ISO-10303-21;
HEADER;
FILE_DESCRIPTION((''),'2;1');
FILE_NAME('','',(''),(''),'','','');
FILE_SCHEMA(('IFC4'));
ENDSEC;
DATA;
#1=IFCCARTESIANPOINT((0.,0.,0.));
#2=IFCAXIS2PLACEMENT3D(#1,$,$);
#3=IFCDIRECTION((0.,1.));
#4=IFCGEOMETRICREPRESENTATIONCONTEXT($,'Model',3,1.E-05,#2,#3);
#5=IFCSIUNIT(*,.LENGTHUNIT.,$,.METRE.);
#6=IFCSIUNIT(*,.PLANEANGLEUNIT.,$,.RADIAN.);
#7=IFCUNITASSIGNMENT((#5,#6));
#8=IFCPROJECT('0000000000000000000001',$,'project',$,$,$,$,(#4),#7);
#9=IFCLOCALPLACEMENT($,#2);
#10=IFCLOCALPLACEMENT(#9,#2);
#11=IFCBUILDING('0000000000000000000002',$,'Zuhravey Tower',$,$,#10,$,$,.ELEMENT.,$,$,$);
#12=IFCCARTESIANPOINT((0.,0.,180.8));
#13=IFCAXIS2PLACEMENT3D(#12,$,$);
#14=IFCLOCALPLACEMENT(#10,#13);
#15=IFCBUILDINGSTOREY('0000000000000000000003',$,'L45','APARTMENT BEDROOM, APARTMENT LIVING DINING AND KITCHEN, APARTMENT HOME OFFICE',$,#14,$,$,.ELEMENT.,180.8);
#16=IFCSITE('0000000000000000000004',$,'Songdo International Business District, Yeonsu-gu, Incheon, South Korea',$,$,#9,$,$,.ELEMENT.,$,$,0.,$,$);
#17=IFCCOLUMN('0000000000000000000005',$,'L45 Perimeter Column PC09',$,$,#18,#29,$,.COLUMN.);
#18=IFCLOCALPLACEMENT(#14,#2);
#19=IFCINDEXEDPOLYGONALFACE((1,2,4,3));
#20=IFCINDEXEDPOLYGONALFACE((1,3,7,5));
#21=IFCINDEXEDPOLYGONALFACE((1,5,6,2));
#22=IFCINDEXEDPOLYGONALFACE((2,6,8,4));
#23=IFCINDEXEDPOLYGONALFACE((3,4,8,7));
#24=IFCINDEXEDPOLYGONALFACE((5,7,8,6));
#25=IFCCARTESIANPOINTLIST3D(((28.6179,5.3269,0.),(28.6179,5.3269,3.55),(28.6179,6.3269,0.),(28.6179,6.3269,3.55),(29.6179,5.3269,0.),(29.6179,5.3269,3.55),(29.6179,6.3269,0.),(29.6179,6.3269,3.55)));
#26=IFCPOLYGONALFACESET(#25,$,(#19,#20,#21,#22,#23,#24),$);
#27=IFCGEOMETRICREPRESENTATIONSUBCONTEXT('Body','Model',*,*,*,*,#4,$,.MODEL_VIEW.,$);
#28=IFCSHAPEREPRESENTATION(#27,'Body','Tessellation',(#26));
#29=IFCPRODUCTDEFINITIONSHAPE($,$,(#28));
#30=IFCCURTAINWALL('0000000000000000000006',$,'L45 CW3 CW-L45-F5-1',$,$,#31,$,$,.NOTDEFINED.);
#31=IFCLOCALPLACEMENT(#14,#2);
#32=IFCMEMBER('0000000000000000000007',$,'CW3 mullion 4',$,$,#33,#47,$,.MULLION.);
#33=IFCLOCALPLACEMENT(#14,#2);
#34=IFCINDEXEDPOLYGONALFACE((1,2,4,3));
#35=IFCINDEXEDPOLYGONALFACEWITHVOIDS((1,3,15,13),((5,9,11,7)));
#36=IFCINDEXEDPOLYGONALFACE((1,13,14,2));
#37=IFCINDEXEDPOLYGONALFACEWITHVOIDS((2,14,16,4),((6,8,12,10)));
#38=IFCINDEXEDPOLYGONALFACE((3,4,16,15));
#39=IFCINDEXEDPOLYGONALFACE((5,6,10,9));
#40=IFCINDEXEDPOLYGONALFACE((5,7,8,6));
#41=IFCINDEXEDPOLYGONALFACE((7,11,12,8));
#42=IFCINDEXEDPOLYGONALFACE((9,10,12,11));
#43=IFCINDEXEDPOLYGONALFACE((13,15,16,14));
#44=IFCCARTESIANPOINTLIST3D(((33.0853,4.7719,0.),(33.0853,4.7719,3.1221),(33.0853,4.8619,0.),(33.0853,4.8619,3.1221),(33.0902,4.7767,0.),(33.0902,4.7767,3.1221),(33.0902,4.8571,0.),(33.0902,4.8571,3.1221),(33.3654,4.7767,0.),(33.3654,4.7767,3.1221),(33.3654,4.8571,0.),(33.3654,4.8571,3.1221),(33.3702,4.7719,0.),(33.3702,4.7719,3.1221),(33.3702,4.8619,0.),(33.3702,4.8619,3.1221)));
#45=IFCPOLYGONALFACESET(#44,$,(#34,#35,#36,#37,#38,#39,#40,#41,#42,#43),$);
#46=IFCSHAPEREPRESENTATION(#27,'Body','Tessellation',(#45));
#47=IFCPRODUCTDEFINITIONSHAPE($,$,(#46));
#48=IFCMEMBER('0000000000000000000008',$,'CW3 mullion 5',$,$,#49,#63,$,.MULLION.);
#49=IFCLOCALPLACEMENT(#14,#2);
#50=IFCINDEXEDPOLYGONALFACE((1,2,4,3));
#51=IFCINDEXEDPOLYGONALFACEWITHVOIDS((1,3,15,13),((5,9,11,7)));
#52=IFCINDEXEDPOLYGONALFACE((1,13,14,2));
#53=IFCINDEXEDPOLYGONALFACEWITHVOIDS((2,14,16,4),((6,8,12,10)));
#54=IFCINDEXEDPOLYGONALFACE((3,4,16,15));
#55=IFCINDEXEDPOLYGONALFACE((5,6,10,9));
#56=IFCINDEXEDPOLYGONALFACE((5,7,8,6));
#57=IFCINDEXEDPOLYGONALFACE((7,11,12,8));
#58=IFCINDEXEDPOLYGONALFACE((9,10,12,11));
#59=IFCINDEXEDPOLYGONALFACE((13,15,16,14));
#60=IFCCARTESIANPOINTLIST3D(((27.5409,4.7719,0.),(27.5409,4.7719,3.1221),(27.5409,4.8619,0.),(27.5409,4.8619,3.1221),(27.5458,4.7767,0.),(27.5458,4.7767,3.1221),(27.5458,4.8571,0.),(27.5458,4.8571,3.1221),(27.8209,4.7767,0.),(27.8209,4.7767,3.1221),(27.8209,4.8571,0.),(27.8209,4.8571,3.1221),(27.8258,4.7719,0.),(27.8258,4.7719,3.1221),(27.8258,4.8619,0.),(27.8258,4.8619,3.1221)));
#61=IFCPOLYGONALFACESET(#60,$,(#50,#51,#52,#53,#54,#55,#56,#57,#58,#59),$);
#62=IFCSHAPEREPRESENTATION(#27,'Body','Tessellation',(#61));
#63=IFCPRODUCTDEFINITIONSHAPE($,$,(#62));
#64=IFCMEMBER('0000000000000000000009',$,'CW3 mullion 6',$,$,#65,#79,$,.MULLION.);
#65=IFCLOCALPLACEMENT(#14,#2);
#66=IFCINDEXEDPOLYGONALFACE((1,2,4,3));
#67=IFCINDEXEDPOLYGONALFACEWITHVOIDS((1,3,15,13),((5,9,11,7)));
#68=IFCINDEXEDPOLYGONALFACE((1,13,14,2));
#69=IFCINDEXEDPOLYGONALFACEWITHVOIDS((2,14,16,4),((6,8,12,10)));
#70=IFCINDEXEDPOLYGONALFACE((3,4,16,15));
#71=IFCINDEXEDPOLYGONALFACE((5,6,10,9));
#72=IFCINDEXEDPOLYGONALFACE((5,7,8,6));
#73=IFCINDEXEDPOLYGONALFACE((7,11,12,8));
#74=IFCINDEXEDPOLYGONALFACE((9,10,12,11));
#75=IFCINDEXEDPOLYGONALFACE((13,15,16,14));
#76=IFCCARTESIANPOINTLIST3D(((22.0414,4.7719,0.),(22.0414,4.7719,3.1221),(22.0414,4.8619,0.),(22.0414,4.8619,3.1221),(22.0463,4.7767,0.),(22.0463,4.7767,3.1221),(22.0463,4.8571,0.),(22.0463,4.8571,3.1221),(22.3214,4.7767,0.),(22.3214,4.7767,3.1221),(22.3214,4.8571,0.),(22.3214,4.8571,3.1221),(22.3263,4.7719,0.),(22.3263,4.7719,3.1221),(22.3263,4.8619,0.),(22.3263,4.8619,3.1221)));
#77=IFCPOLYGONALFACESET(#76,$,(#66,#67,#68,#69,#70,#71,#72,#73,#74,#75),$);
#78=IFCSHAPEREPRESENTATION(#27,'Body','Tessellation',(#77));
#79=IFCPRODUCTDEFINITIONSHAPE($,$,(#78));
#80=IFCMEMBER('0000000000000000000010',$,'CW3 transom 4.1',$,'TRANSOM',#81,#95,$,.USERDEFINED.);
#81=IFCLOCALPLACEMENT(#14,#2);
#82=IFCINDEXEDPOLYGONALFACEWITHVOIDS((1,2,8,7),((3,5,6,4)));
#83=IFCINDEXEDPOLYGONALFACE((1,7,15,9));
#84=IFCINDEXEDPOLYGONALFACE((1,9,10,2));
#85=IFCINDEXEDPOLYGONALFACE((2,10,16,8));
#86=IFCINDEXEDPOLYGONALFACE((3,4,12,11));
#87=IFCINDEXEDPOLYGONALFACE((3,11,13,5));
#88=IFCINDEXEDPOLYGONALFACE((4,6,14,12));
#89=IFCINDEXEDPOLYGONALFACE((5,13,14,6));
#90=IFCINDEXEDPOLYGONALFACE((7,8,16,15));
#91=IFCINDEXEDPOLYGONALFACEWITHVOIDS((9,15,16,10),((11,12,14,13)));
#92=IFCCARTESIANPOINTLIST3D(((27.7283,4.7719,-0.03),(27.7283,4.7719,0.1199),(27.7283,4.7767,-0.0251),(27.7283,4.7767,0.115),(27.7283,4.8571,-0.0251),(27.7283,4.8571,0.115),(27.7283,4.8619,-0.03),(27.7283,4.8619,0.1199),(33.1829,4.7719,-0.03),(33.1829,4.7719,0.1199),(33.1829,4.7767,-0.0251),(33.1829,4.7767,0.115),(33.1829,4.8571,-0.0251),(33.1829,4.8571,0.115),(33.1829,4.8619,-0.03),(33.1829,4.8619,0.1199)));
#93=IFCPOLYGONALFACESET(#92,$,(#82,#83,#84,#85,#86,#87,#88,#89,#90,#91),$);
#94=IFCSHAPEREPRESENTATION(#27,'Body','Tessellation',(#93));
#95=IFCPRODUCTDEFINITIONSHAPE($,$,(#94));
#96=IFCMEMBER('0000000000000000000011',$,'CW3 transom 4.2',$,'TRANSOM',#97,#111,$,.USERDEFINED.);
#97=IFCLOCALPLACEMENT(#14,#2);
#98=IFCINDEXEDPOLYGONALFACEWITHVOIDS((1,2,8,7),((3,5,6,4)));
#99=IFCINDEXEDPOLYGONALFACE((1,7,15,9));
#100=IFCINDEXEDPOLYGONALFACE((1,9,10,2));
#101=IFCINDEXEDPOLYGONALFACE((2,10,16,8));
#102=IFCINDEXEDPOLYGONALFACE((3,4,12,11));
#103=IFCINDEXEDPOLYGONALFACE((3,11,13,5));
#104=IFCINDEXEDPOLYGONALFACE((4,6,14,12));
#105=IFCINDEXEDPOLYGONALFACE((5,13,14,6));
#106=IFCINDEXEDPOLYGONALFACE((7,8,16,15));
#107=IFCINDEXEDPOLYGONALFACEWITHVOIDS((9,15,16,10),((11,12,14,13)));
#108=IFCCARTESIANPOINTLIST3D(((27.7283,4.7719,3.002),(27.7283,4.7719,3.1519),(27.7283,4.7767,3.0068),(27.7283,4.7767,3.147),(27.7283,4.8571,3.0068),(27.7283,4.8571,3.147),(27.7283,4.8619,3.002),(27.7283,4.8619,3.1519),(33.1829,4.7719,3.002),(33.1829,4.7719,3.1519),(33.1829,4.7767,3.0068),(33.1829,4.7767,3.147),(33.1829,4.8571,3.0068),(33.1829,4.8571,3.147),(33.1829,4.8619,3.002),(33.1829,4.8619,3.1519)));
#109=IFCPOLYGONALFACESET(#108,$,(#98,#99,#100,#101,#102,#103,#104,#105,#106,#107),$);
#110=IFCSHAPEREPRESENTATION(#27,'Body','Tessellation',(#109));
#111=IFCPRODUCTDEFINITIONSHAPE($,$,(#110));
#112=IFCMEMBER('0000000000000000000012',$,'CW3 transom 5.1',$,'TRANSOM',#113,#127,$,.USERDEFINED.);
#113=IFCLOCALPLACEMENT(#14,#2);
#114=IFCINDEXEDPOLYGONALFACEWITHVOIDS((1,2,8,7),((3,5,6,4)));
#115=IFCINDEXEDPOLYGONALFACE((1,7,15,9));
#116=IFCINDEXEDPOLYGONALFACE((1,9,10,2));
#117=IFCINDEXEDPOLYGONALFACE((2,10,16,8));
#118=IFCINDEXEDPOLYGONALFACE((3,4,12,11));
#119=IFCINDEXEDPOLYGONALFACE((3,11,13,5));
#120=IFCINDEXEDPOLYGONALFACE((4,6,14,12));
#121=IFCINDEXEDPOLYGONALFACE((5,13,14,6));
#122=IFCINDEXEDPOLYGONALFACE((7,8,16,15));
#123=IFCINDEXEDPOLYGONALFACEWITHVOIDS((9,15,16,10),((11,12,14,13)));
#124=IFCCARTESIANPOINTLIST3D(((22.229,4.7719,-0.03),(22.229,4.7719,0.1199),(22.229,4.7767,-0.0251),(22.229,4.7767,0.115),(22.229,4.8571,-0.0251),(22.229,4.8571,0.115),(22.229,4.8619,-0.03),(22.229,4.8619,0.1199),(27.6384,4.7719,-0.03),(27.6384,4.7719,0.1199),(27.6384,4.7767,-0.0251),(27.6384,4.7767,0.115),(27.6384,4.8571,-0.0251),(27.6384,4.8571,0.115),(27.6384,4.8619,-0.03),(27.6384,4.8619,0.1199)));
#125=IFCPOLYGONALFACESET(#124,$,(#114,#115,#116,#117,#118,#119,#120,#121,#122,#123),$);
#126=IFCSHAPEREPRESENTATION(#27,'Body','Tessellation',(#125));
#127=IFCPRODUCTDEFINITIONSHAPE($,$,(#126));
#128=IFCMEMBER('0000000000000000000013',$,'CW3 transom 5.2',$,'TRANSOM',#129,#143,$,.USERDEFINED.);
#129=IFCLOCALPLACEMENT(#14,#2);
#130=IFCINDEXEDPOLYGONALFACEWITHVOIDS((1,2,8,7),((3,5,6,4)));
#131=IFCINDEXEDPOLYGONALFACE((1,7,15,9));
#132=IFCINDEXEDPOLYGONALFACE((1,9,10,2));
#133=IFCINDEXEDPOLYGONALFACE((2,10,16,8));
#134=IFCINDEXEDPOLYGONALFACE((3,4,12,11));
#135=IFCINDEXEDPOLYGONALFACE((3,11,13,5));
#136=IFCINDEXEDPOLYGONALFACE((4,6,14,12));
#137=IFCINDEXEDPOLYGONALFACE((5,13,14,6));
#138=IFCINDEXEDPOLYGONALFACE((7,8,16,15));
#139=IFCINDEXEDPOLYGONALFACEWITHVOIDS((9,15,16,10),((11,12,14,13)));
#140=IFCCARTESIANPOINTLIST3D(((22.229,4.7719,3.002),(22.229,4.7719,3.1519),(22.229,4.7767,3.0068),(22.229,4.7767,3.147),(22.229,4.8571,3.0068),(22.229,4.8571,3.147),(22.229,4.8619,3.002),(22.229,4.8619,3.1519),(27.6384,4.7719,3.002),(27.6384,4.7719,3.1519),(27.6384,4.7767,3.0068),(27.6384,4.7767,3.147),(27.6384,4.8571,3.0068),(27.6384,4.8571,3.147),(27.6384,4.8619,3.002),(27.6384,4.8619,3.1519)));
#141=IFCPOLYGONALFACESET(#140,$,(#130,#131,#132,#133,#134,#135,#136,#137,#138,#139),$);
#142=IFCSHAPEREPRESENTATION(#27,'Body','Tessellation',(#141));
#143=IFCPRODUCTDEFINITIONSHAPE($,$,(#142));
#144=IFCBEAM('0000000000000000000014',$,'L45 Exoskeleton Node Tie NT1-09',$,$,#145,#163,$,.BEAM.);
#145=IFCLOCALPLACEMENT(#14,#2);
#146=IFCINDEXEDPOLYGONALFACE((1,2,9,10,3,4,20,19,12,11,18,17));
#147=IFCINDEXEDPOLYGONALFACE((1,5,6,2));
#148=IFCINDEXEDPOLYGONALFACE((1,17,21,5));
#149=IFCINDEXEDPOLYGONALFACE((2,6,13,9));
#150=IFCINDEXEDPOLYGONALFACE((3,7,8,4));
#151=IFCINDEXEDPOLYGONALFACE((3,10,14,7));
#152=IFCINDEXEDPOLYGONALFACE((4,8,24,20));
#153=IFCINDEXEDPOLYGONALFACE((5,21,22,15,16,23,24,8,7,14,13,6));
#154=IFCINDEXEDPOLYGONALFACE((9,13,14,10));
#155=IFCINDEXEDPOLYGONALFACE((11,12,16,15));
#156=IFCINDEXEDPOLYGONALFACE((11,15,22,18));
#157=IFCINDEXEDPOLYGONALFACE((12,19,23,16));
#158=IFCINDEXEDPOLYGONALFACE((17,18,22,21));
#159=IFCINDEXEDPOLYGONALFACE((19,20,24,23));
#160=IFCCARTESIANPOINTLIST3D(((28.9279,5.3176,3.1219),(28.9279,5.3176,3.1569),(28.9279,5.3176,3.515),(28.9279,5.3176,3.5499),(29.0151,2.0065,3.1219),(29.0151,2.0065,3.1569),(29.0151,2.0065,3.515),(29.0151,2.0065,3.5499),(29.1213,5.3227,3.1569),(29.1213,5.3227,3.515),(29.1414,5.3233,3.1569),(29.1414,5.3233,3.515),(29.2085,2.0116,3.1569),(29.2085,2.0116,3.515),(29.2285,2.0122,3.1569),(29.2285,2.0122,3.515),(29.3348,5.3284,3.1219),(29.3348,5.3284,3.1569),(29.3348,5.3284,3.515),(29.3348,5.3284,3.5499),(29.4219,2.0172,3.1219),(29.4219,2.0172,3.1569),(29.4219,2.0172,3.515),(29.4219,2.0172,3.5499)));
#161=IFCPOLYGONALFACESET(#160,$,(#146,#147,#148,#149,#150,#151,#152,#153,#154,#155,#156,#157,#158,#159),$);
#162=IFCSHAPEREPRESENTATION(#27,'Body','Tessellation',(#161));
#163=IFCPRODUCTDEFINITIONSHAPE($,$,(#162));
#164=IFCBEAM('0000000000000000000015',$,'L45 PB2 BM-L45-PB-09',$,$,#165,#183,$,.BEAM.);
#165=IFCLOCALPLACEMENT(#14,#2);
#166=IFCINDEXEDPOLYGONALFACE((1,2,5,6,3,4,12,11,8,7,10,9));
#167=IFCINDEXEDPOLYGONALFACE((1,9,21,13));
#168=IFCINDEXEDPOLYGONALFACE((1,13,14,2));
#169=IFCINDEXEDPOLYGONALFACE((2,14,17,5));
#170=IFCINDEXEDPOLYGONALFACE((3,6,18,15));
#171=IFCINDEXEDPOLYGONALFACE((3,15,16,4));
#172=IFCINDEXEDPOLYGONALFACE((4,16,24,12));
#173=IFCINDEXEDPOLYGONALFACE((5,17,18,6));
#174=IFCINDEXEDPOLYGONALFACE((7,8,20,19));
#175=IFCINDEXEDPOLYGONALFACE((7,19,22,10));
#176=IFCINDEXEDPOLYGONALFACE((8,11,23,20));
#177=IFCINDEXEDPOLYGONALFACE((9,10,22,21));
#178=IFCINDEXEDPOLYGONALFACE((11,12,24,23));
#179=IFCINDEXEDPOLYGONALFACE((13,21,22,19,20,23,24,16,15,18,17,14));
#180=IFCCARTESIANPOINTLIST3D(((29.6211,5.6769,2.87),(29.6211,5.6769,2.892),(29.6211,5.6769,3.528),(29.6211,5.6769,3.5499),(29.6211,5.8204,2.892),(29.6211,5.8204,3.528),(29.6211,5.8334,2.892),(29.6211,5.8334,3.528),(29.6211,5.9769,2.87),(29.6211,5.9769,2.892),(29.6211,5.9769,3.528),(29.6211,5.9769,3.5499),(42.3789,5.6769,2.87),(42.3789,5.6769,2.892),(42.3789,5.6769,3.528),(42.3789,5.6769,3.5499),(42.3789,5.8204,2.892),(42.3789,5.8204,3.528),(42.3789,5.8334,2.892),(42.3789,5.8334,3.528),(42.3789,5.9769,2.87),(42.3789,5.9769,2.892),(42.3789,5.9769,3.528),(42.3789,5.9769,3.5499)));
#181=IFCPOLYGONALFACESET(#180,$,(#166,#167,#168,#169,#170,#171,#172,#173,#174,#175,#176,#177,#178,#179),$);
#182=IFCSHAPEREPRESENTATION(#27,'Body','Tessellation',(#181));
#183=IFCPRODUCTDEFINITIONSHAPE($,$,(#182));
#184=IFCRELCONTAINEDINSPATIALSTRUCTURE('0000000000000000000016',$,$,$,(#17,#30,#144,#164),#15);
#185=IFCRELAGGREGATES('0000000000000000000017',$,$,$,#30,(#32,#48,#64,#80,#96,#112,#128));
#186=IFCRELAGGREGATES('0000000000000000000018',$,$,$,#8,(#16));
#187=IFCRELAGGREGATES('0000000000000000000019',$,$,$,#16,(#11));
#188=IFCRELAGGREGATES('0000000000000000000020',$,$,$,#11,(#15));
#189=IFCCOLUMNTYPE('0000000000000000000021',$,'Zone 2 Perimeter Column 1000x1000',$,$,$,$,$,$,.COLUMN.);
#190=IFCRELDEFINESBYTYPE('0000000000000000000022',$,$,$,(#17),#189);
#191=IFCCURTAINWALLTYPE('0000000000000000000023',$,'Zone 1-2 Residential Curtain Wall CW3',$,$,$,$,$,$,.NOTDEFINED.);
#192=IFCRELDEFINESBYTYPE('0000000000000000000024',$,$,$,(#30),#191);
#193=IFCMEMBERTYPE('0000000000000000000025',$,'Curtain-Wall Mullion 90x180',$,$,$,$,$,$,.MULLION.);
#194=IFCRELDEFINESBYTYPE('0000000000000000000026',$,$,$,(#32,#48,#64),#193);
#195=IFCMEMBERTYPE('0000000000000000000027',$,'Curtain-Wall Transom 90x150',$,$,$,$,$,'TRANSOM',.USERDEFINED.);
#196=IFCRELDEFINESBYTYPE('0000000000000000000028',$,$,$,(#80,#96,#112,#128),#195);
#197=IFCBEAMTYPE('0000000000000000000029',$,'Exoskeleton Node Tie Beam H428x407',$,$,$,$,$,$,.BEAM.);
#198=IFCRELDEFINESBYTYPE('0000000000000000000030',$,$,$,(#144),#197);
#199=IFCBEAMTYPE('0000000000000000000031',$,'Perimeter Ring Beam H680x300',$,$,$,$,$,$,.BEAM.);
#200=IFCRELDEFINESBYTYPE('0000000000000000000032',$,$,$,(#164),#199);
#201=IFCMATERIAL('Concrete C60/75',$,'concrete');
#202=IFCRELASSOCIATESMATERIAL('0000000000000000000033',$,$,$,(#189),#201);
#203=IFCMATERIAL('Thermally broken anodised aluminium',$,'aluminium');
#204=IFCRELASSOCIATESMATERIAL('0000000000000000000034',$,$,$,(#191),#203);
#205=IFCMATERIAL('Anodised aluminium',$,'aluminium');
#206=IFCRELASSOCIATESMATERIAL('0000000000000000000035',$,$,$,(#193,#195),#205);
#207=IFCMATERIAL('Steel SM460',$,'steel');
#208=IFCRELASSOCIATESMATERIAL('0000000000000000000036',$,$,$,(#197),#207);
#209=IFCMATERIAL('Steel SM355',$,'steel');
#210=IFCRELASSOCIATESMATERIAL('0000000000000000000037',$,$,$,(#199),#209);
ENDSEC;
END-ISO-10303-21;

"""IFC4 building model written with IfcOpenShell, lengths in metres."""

from ifc_helpers import new_model, si_unit, direction, frame, origin, origin_2d, place, context, subcontext, project, spatial, rectangle, hollow_rectangle, i_section, extrude, material, material_profile, profile_set, type_object, element, aggregate, save


model = new_model("IFC4")

# Units and contexts
model_context = context("Model", 3, precision=1e-05, world=origin(), true_north=direction((0.0, 1.0)))
body_context = subcontext(model_context, "Body", "Model", "MODEL_VIEW")
ifc_project = project(units=[si_unit("LENGTHUNIT", "METRE"), si_unit("PLANEANGLEUNIT", "RADIAN")], contexts=[model_context])

# Site, building, storey
site_placement = place(None, origin())
site = spatial("IfcSite", under=ifc_project, at=site_placement, Name="Songdo International Business District, Yeonsu-gu, Incheon, South Korea", CompositionType="ELEMENT", RefElevation=0.0)
building_placement = place(site_placement, origin())
building = spatial("IfcBuilding", under=site, at=building_placement, Name="Zuhravey Tower", CompositionType="ELEMENT")
storey_placement = place(building_placement, frame((0.0, 0.0, 180.8)))
storey = spatial("IfcBuildingStorey", under=building, at=storey_placement, Name="L45", Description="APARTMENT BEDROOM, APARTMENT LIVING DINING AND KITCHEN, APARTMENT HOME OFFICE", CompositionType="ELEMENT", Elevation=180.8)

# Column
ifc_material_1 = material(Name="Concrete C60/75", Category="concrete")
ifc_material_profile_1 = material_profile(ifc_material_1, rectangle(XDim=1.0, YDim=1.0, at=origin_2d()), Name="RC-1000x1000")
ifc_profile_set_1 = profile_set([ifc_material_profile_1], Name="Concrete C60/75")
column_type = type_object("IfcColumnType", Name="Zone 2 Perimeter Column 1000x1000", PredefinedType="COLUMN", material=ifc_profile_set_1)
column_placement = place(storey_placement, frame((29.1179, 5.8269, 0.0), z_axis=(0.0, 0.0, 1.0), x_axis=(1.0, 0.0, 0.0)))
element("IfcColumn", 1, at=column_placement, inside=storey, type_object=column_type, Name="L45 Perimeter Column PC09", PredefinedType="COLUMN", context=body_context, shape_type="SweptSolid", body=[
    extrude(rectangle(XDim=1.0, YDim=1.0, at=origin_2d()), origin(), (0.0, 0.0, 1.0), 3.55),
])

# Curtain wall, members
ifc_material_2 = material(Name="Thermally broken anodised aluminium", Category="aluminium")
curtain_wall_type = type_object("IfcCurtainWallType", Name="Zone 1-2 Residential Curtain Wall CW3", PredefinedType="NOTDEFINED", material=ifc_material_2)
curtain_wall_placement = place(storey_placement, origin())
curtain_wall = element("IfcCurtainWall", 2, at=curtain_wall_placement, inside=storey, type_object=curtain_wall_type, Name="L45 CW3 CW-L45-F5-1", PredefinedType="NOTDEFINED")
ifc_material_3 = material(Name="Anodised aluminium", Category="aluminium")
ifc_material_profile_2 = material_profile(ifc_material_3, hollow_rectangle(XDim=0.0901, YDim=0.2849, WallThickness=0.0049, at=origin_2d()), Name="ALU-RHS-90x285x5")
ifc_profile_set_2 = profile_set([ifc_material_profile_2], Name="Anodised aluminium")
member_type_1 = type_object("IfcMemberType", Name="Curtain-Wall Mullion 90x180", PredefinedType="MULLION", material=ifc_profile_set_2)
member_1_placement = place(storey_placement, frame((33.2278, 4.8169, 0.0), z_axis=(0.0, 0.0, 1.0), x_axis=(0.0, -1.0, 0.0)))
member_1 = element("IfcMember", 3, at=member_1_placement, type_object=member_type_1, Name="CW3 mullion 4", PredefinedType="MULLION", context=body_context, shape_type="SweptSolid", body=[
    extrude(hollow_rectangle(XDim=0.0901, YDim=0.2849, WallThickness=0.0049, at=origin_2d()), origin(), (0.0, 0.0, 1.0), 3.1221),
])
member_2_placement = place(storey_placement, frame((27.6833, 4.8169, 0.0), z_axis=(0.0, 0.0, 1.0), x_axis=(0.0, -1.0, 0.0)))
member_2 = element("IfcMember", 4, at=member_2_placement, type_object=member_type_1, Name="CW3 mullion 5", PredefinedType="MULLION", context=body_context, shape_type="SweptSolid", body=[
    extrude(hollow_rectangle(XDim=0.0901, YDim=0.2849, WallThickness=0.0049, at=origin_2d()), origin(), (0.0, 0.0, 1.0), 3.1221),
])
member_3_placement = place(storey_placement, frame((22.1838, 4.8169, 0.0), z_axis=(0.0, 0.0, 1.0), x_axis=(0.0, -1.0, 0.0)))
member_3 = element("IfcMember", 5, at=member_3_placement, type_object=member_type_1, Name="CW3 mullion 6", PredefinedType="MULLION", context=body_context, shape_type="SweptSolid", body=[
    extrude(hollow_rectangle(XDim=0.0901, YDim=0.2849, WallThickness=0.0049, at=origin_2d()), origin(), (0.0, 0.0, 1.0), 3.1221),
])
ifc_material_profile_3 = material_profile(ifc_material_3, hollow_rectangle(XDim=0.0901, YDim=0.1499, WallThickness=0.0049, at=origin_2d()), Name="ALU-RHS-90x150x5")
ifc_profile_set_3 = profile_set([ifc_material_profile_3], Name="Anodised aluminium")
member_type_2 = type_object("IfcMemberType", Name="Curtain-Wall Transom 90x150", ElementType="TRANSOM", PredefinedType="USERDEFINED", material=ifc_profile_set_3)
member_4_placement = place(storey_placement, frame((33.1829, 4.8169, 0.0449), z_axis=(-1.0, 0.0, 0.0), x_axis=(0.0, -1.0, 0.0)))
member_4 = element("IfcMember", 6, at=member_4_placement, type_object=member_type_2, Name="CW3 transom 4.1", ObjectType="TRANSOM", PredefinedType="USERDEFINED", context=body_context, shape_type="SweptSolid", body=[
    extrude(hollow_rectangle(XDim=0.0901, YDim=0.1499, WallThickness=0.0049, at=origin_2d()), origin(), (0.0, 0.0, 1.0), 5.4546),
])
member_5_placement = place(storey_placement, frame((33.1829, 4.8169, 3.0769), z_axis=(-1.0, 0.0, 0.0), x_axis=(0.0, -1.0, 0.0)))
member_5 = element("IfcMember", 7, at=member_5_placement, type_object=member_type_2, Name="CW3 transom 4.2", ObjectType="TRANSOM", PredefinedType="USERDEFINED", context=body_context, shape_type="SweptSolid", body=[
    extrude(hollow_rectangle(XDim=0.0901, YDim=0.1499, WallThickness=0.0049, at=origin_2d()), origin(), (0.0, 0.0, 1.0), 5.4546),
])
member_6_placement = place(storey_placement, frame((27.6384, 4.8169, 0.0449), z_axis=(-1.0, 0.0, 0.0), x_axis=(0.0, -1.0, 0.0)))
member_6 = element("IfcMember", 8, at=member_6_placement, type_object=member_type_2, Name="CW3 transom 5.1", ObjectType="TRANSOM", PredefinedType="USERDEFINED", context=body_context, shape_type="SweptSolid", body=[
    extrude(hollow_rectangle(XDim=0.0901, YDim=0.1499, WallThickness=0.0049, at=origin_2d()), origin(), (0.0, 0.0, 1.0), 5.4094),
])
member_7_placement = place(storey_placement, frame((27.6384, 4.8169, 3.0769), z_axis=(-1.0, 0.0, 0.0), x_axis=(0.0, -1.0, 0.0)))
member_7 = element("IfcMember", 9, at=member_7_placement, type_object=member_type_2, Name="CW3 transom 5.2", ObjectType="TRANSOM", PredefinedType="USERDEFINED", context=body_context, shape_type="SweptSolid", body=[
    extrude(hollow_rectangle(XDim=0.0901, YDim=0.1499, WallThickness=0.0049, at=origin_2d()), origin(), (0.0, 0.0, 1.0), 5.4094),
])

# Beams
ifc_material_4 = material(Name="Steel SM460", Category="steel")
ifc_material_profile_4 = material_profile(ifc_material_4, i_section(OverallWidth=0.407, OverallDepth=0.428, WebThickness=0.02, FlangeThickness=0.0349, at=origin_2d()), Name="H-428x407x20x35")
ifc_profile_set_4 = profile_set([ifc_material_profile_4], Name="Steel SM460")
beam_type_1 = type_object("IfcBeamType", Name="Exoskeleton Node Tie Beam H428x407", PredefinedType="BEAM", material=ifc_profile_set_4)
beam_1_placement = place(storey_placement, frame((29.1313, 5.323, 3.3359), z_axis=(0.026314, -0.999654, 0.0), x_axis=(0.999654, 0.026314, 0.0)))
element("IfcBeam", 10, at=beam_1_placement, inside=storey, type_object=beam_type_1, Name="L45 Exoskeleton Node Tie NT1-09", PredefinedType="BEAM", context=body_context, shape_type="SweptSolid", body=[
    extrude(i_section(OverallWidth=0.407, OverallDepth=0.428, WebThickness=0.02, FlangeThickness=0.0349, at=origin_2d()), origin(), (0.0, 0.0, 1.0), 3.3123),
])
ifc_material_5 = material(Name="Steel SM355", Category="steel")
ifc_material_profile_5 = material_profile(ifc_material_5, i_section(OverallWidth=0.3, OverallDepth=0.6799, WebThickness=0.0129, FlangeThickness=0.022, at=origin_2d()), Name="H-680x300x13x22")
ifc_profile_set_5 = profile_set([ifc_material_profile_5], Name="Steel SM355")
beam_type_2 = type_object("IfcBeamType", Name="Perimeter Ring Beam H680x300", PredefinedType="BEAM", material=ifc_profile_set_5)
beam_2_placement = place(storey_placement, frame((29.6211, 5.8269, 3.21), z_axis=(1.0, 0.0, 0.0), x_axis=(0.0, 1.0, 0.0)))
element("IfcBeam", 11, at=beam_2_placement, inside=storey, type_object=beam_type_2, Name="L45 PB2 BM-L45-PB-09", PredefinedType="BEAM", context=body_context, shape_type="SweptSolid", body=[
    extrude(i_section(OverallWidth=0.3, OverallDepth=0.6799, WebThickness=0.0129, FlangeThickness=0.022, at=origin_2d()), origin(), (0.0, 0.0, 1.0), 12.7578),
])

aggregate(curtain_wall, [member_1, member_2, member_3, member_4, member_5, member_6, member_7])

save(model, "model.ifc")
